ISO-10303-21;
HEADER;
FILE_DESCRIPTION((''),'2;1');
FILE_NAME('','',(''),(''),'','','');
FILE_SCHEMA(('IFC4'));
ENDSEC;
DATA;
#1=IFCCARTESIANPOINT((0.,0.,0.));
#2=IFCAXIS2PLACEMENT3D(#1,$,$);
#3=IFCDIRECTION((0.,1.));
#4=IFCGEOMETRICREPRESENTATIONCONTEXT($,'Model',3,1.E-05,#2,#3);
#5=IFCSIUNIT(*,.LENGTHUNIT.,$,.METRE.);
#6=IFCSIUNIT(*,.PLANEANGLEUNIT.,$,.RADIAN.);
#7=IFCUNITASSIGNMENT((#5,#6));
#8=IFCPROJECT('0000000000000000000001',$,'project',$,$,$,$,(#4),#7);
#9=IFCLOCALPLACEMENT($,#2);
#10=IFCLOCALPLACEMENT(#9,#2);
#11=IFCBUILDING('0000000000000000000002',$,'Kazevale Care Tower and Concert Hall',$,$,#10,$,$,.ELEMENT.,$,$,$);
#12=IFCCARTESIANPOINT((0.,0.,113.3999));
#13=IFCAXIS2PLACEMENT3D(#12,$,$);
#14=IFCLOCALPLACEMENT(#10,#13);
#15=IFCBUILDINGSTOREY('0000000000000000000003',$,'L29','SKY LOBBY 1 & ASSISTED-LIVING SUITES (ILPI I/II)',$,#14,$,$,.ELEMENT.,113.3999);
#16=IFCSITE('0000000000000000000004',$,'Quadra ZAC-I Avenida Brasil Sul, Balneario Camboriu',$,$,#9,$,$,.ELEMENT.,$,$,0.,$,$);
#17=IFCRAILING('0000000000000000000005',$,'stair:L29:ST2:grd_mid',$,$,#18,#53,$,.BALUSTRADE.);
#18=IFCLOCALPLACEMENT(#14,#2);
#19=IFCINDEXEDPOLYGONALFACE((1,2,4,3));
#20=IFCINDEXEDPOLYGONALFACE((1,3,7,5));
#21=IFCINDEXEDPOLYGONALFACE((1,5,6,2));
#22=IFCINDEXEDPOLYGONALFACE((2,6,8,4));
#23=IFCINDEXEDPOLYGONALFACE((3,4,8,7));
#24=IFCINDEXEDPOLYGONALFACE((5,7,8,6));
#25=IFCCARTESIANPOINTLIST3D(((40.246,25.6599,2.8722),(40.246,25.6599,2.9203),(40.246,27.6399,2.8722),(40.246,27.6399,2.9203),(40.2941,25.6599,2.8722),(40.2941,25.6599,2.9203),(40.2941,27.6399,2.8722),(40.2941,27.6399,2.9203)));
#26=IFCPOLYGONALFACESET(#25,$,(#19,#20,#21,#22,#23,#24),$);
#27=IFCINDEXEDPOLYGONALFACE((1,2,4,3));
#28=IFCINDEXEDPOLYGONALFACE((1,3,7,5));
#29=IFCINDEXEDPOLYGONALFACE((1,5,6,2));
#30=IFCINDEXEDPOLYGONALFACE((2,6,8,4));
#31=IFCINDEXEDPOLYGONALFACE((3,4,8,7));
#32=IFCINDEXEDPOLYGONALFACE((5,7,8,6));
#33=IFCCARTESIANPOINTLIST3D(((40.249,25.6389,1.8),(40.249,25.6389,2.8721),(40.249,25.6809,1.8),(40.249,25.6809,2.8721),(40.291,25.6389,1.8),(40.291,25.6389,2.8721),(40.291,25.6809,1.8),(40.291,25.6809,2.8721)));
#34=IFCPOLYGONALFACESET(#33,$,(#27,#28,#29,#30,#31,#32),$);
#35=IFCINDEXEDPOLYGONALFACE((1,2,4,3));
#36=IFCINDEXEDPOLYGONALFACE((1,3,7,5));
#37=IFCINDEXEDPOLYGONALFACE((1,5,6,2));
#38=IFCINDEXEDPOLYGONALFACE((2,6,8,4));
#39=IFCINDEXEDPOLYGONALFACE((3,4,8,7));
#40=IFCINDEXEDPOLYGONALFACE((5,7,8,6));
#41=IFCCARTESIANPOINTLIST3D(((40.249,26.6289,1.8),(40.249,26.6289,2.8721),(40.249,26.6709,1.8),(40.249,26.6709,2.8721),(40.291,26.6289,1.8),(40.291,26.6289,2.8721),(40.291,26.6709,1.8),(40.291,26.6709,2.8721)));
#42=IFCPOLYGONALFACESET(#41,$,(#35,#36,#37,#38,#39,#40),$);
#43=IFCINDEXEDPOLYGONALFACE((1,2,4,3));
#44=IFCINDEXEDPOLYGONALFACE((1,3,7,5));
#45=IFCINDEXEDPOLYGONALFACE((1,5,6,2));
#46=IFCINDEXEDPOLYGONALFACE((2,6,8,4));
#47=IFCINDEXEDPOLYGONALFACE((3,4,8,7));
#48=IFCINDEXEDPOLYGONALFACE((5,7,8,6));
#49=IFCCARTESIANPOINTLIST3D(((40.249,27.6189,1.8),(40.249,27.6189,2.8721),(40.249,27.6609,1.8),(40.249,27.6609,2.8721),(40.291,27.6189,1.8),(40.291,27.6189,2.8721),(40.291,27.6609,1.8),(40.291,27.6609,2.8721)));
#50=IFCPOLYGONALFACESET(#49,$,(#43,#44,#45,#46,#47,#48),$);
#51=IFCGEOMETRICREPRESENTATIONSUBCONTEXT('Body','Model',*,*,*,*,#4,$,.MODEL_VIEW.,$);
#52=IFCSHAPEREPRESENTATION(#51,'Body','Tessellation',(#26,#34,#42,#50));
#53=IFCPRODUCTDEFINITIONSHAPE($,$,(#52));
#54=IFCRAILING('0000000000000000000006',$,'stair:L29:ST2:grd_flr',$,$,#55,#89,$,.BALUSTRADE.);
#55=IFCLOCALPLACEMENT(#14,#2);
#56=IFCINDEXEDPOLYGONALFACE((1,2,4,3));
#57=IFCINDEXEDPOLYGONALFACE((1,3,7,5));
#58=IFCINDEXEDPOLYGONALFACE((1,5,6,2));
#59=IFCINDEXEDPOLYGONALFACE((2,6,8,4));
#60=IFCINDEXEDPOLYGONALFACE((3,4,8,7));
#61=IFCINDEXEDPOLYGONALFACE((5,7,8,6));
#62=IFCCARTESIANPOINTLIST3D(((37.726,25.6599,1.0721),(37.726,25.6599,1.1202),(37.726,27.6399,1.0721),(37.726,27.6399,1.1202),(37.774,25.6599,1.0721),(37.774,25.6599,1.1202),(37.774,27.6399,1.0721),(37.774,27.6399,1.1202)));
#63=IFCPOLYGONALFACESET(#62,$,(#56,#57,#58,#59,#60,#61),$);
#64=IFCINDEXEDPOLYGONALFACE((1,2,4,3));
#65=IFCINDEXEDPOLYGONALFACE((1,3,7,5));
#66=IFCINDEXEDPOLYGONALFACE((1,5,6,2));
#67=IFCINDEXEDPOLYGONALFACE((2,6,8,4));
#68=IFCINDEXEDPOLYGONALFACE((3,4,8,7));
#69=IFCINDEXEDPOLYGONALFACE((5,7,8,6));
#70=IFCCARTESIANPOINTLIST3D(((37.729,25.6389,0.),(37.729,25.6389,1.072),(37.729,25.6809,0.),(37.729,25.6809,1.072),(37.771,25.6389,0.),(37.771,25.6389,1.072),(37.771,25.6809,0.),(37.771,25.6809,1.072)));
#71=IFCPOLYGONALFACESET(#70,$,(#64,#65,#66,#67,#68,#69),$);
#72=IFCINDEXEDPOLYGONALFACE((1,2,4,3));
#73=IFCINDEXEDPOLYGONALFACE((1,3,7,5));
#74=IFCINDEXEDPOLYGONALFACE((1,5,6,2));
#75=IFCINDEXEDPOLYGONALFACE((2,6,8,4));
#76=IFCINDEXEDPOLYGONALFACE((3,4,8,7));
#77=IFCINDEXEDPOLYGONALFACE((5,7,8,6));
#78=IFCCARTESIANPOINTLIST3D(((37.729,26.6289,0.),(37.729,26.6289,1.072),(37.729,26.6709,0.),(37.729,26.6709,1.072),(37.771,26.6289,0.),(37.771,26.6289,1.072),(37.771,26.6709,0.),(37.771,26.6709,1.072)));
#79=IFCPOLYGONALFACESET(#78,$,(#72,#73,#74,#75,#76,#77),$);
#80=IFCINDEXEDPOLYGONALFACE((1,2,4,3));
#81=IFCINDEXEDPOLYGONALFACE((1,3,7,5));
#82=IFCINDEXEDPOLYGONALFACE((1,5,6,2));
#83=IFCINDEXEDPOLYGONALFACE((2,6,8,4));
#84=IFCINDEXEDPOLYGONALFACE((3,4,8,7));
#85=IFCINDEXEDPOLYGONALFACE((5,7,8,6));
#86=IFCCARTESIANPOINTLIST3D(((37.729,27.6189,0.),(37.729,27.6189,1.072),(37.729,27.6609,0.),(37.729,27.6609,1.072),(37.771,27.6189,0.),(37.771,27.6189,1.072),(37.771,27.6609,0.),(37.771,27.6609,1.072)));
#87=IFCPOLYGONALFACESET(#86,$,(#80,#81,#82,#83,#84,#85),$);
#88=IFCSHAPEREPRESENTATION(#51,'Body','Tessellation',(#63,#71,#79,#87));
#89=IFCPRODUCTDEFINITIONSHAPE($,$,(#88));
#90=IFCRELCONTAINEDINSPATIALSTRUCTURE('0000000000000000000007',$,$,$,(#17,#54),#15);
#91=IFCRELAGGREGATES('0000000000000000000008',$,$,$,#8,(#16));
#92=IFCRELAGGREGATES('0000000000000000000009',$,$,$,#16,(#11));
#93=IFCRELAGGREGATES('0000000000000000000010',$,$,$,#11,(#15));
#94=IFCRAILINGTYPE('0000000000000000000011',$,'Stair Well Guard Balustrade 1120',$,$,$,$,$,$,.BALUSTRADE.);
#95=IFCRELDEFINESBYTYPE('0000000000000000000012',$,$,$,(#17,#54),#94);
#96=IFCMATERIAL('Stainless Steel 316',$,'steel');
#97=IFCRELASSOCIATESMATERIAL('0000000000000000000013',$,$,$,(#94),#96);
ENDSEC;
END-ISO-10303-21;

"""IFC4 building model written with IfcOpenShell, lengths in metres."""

from ifc_helpers import new_model, si_unit, direction, frame, origin, origin_2d, place, context, subcontext, project, spatial, rectangle, extrude, material, type_object, element, save


model = new_model("IFC4")

# Units and contexts
model_context = context("Model", 3, precision=1e-05, world=origin(), true_north=direction((0.0, 1.0)))
body_context = subcontext(model_context, "Body", "Model", "MODEL_VIEW")
ifc_project = project(units=[si_unit("LENGTHUNIT", "METRE"), si_unit("PLANEANGLEUNIT", "RADIAN")], contexts=[model_context])

# Site, building, storey
site_placement = place(None, origin())
site = spatial("IfcSite", under=ifc_project, at=site_placement, Name="Quadra ZAC-I Avenida Brasil Sul, Balneario Camboriu", CompositionType="ELEMENT", RefElevation=0.0)
building_placement = place(site_placement, origin())
building = spatial("IfcBuilding", under=site, at=building_placement, Name="Kazevale Care Tower and Concert Hall", CompositionType="ELEMENT")
storey_placement = place(building_placement, frame((0.0, 0.0, 113.3999)))
storey = spatial("IfcBuildingStorey", under=building, at=storey_placement, Name="L29", Description="SKY LOBBY 1 & ASSISTED-LIVING SUITES (ILPI I/II)", CompositionType="ELEMENT", Elevation=113.3999)

# Railings
ifc_material_1 = material(Name="Stainless Steel 316", Category="steel")
railing_type_1 = type_object("IfcRailingType", Name="Stair Well Guard Balustrade 1120", PredefinedType="BALUSTRADE", material=ifc_material_1)
for number, where, name in (
    (1, (40.27, 25.6599, 1.8), "stair:L29:ST2:grd_mid"),
    (2, (37.75, 25.6599, 0.0), "stair:L29:ST2:grd_flr"),
):
    element("IfcRailing", number, at=place(storey_placement, frame(where)), inside=storey, type_object=railing_type_1, Name=name, PredefinedType="BALUSTRADE", context=body_context, shape_type="SweptSolid", body=[
        extrude(rectangle(XDim=0.0481, YDim=0.0481, at=origin_2d()), frame((0.0, 0.0, 1.0962), z_axis=(0.0, 1.0, 0.0), x_axis=(-1.0, 0.0, 0.0)), (0.0, 0.0, 1.0), 1.98),
        extrude(rectangle(XDim=0.042, YDim=0.042, at=origin_2d()), origin(), (0.0, 0.0, 1.0), 1.072),
        extrude(rectangle(XDim=0.042, YDim=0.042, at=origin_2d()), frame((0.0, 0.99, 0.0)), (0.0, 0.0, 1.0), 1.072),
        extrude(rectangle(XDim=0.042, YDim=0.042, at=origin_2d()), frame((0.0, 1.98, 0.0)), (0.0, 0.0, 1.0), 1.072),
    ])

save(model, "model.ifc")
